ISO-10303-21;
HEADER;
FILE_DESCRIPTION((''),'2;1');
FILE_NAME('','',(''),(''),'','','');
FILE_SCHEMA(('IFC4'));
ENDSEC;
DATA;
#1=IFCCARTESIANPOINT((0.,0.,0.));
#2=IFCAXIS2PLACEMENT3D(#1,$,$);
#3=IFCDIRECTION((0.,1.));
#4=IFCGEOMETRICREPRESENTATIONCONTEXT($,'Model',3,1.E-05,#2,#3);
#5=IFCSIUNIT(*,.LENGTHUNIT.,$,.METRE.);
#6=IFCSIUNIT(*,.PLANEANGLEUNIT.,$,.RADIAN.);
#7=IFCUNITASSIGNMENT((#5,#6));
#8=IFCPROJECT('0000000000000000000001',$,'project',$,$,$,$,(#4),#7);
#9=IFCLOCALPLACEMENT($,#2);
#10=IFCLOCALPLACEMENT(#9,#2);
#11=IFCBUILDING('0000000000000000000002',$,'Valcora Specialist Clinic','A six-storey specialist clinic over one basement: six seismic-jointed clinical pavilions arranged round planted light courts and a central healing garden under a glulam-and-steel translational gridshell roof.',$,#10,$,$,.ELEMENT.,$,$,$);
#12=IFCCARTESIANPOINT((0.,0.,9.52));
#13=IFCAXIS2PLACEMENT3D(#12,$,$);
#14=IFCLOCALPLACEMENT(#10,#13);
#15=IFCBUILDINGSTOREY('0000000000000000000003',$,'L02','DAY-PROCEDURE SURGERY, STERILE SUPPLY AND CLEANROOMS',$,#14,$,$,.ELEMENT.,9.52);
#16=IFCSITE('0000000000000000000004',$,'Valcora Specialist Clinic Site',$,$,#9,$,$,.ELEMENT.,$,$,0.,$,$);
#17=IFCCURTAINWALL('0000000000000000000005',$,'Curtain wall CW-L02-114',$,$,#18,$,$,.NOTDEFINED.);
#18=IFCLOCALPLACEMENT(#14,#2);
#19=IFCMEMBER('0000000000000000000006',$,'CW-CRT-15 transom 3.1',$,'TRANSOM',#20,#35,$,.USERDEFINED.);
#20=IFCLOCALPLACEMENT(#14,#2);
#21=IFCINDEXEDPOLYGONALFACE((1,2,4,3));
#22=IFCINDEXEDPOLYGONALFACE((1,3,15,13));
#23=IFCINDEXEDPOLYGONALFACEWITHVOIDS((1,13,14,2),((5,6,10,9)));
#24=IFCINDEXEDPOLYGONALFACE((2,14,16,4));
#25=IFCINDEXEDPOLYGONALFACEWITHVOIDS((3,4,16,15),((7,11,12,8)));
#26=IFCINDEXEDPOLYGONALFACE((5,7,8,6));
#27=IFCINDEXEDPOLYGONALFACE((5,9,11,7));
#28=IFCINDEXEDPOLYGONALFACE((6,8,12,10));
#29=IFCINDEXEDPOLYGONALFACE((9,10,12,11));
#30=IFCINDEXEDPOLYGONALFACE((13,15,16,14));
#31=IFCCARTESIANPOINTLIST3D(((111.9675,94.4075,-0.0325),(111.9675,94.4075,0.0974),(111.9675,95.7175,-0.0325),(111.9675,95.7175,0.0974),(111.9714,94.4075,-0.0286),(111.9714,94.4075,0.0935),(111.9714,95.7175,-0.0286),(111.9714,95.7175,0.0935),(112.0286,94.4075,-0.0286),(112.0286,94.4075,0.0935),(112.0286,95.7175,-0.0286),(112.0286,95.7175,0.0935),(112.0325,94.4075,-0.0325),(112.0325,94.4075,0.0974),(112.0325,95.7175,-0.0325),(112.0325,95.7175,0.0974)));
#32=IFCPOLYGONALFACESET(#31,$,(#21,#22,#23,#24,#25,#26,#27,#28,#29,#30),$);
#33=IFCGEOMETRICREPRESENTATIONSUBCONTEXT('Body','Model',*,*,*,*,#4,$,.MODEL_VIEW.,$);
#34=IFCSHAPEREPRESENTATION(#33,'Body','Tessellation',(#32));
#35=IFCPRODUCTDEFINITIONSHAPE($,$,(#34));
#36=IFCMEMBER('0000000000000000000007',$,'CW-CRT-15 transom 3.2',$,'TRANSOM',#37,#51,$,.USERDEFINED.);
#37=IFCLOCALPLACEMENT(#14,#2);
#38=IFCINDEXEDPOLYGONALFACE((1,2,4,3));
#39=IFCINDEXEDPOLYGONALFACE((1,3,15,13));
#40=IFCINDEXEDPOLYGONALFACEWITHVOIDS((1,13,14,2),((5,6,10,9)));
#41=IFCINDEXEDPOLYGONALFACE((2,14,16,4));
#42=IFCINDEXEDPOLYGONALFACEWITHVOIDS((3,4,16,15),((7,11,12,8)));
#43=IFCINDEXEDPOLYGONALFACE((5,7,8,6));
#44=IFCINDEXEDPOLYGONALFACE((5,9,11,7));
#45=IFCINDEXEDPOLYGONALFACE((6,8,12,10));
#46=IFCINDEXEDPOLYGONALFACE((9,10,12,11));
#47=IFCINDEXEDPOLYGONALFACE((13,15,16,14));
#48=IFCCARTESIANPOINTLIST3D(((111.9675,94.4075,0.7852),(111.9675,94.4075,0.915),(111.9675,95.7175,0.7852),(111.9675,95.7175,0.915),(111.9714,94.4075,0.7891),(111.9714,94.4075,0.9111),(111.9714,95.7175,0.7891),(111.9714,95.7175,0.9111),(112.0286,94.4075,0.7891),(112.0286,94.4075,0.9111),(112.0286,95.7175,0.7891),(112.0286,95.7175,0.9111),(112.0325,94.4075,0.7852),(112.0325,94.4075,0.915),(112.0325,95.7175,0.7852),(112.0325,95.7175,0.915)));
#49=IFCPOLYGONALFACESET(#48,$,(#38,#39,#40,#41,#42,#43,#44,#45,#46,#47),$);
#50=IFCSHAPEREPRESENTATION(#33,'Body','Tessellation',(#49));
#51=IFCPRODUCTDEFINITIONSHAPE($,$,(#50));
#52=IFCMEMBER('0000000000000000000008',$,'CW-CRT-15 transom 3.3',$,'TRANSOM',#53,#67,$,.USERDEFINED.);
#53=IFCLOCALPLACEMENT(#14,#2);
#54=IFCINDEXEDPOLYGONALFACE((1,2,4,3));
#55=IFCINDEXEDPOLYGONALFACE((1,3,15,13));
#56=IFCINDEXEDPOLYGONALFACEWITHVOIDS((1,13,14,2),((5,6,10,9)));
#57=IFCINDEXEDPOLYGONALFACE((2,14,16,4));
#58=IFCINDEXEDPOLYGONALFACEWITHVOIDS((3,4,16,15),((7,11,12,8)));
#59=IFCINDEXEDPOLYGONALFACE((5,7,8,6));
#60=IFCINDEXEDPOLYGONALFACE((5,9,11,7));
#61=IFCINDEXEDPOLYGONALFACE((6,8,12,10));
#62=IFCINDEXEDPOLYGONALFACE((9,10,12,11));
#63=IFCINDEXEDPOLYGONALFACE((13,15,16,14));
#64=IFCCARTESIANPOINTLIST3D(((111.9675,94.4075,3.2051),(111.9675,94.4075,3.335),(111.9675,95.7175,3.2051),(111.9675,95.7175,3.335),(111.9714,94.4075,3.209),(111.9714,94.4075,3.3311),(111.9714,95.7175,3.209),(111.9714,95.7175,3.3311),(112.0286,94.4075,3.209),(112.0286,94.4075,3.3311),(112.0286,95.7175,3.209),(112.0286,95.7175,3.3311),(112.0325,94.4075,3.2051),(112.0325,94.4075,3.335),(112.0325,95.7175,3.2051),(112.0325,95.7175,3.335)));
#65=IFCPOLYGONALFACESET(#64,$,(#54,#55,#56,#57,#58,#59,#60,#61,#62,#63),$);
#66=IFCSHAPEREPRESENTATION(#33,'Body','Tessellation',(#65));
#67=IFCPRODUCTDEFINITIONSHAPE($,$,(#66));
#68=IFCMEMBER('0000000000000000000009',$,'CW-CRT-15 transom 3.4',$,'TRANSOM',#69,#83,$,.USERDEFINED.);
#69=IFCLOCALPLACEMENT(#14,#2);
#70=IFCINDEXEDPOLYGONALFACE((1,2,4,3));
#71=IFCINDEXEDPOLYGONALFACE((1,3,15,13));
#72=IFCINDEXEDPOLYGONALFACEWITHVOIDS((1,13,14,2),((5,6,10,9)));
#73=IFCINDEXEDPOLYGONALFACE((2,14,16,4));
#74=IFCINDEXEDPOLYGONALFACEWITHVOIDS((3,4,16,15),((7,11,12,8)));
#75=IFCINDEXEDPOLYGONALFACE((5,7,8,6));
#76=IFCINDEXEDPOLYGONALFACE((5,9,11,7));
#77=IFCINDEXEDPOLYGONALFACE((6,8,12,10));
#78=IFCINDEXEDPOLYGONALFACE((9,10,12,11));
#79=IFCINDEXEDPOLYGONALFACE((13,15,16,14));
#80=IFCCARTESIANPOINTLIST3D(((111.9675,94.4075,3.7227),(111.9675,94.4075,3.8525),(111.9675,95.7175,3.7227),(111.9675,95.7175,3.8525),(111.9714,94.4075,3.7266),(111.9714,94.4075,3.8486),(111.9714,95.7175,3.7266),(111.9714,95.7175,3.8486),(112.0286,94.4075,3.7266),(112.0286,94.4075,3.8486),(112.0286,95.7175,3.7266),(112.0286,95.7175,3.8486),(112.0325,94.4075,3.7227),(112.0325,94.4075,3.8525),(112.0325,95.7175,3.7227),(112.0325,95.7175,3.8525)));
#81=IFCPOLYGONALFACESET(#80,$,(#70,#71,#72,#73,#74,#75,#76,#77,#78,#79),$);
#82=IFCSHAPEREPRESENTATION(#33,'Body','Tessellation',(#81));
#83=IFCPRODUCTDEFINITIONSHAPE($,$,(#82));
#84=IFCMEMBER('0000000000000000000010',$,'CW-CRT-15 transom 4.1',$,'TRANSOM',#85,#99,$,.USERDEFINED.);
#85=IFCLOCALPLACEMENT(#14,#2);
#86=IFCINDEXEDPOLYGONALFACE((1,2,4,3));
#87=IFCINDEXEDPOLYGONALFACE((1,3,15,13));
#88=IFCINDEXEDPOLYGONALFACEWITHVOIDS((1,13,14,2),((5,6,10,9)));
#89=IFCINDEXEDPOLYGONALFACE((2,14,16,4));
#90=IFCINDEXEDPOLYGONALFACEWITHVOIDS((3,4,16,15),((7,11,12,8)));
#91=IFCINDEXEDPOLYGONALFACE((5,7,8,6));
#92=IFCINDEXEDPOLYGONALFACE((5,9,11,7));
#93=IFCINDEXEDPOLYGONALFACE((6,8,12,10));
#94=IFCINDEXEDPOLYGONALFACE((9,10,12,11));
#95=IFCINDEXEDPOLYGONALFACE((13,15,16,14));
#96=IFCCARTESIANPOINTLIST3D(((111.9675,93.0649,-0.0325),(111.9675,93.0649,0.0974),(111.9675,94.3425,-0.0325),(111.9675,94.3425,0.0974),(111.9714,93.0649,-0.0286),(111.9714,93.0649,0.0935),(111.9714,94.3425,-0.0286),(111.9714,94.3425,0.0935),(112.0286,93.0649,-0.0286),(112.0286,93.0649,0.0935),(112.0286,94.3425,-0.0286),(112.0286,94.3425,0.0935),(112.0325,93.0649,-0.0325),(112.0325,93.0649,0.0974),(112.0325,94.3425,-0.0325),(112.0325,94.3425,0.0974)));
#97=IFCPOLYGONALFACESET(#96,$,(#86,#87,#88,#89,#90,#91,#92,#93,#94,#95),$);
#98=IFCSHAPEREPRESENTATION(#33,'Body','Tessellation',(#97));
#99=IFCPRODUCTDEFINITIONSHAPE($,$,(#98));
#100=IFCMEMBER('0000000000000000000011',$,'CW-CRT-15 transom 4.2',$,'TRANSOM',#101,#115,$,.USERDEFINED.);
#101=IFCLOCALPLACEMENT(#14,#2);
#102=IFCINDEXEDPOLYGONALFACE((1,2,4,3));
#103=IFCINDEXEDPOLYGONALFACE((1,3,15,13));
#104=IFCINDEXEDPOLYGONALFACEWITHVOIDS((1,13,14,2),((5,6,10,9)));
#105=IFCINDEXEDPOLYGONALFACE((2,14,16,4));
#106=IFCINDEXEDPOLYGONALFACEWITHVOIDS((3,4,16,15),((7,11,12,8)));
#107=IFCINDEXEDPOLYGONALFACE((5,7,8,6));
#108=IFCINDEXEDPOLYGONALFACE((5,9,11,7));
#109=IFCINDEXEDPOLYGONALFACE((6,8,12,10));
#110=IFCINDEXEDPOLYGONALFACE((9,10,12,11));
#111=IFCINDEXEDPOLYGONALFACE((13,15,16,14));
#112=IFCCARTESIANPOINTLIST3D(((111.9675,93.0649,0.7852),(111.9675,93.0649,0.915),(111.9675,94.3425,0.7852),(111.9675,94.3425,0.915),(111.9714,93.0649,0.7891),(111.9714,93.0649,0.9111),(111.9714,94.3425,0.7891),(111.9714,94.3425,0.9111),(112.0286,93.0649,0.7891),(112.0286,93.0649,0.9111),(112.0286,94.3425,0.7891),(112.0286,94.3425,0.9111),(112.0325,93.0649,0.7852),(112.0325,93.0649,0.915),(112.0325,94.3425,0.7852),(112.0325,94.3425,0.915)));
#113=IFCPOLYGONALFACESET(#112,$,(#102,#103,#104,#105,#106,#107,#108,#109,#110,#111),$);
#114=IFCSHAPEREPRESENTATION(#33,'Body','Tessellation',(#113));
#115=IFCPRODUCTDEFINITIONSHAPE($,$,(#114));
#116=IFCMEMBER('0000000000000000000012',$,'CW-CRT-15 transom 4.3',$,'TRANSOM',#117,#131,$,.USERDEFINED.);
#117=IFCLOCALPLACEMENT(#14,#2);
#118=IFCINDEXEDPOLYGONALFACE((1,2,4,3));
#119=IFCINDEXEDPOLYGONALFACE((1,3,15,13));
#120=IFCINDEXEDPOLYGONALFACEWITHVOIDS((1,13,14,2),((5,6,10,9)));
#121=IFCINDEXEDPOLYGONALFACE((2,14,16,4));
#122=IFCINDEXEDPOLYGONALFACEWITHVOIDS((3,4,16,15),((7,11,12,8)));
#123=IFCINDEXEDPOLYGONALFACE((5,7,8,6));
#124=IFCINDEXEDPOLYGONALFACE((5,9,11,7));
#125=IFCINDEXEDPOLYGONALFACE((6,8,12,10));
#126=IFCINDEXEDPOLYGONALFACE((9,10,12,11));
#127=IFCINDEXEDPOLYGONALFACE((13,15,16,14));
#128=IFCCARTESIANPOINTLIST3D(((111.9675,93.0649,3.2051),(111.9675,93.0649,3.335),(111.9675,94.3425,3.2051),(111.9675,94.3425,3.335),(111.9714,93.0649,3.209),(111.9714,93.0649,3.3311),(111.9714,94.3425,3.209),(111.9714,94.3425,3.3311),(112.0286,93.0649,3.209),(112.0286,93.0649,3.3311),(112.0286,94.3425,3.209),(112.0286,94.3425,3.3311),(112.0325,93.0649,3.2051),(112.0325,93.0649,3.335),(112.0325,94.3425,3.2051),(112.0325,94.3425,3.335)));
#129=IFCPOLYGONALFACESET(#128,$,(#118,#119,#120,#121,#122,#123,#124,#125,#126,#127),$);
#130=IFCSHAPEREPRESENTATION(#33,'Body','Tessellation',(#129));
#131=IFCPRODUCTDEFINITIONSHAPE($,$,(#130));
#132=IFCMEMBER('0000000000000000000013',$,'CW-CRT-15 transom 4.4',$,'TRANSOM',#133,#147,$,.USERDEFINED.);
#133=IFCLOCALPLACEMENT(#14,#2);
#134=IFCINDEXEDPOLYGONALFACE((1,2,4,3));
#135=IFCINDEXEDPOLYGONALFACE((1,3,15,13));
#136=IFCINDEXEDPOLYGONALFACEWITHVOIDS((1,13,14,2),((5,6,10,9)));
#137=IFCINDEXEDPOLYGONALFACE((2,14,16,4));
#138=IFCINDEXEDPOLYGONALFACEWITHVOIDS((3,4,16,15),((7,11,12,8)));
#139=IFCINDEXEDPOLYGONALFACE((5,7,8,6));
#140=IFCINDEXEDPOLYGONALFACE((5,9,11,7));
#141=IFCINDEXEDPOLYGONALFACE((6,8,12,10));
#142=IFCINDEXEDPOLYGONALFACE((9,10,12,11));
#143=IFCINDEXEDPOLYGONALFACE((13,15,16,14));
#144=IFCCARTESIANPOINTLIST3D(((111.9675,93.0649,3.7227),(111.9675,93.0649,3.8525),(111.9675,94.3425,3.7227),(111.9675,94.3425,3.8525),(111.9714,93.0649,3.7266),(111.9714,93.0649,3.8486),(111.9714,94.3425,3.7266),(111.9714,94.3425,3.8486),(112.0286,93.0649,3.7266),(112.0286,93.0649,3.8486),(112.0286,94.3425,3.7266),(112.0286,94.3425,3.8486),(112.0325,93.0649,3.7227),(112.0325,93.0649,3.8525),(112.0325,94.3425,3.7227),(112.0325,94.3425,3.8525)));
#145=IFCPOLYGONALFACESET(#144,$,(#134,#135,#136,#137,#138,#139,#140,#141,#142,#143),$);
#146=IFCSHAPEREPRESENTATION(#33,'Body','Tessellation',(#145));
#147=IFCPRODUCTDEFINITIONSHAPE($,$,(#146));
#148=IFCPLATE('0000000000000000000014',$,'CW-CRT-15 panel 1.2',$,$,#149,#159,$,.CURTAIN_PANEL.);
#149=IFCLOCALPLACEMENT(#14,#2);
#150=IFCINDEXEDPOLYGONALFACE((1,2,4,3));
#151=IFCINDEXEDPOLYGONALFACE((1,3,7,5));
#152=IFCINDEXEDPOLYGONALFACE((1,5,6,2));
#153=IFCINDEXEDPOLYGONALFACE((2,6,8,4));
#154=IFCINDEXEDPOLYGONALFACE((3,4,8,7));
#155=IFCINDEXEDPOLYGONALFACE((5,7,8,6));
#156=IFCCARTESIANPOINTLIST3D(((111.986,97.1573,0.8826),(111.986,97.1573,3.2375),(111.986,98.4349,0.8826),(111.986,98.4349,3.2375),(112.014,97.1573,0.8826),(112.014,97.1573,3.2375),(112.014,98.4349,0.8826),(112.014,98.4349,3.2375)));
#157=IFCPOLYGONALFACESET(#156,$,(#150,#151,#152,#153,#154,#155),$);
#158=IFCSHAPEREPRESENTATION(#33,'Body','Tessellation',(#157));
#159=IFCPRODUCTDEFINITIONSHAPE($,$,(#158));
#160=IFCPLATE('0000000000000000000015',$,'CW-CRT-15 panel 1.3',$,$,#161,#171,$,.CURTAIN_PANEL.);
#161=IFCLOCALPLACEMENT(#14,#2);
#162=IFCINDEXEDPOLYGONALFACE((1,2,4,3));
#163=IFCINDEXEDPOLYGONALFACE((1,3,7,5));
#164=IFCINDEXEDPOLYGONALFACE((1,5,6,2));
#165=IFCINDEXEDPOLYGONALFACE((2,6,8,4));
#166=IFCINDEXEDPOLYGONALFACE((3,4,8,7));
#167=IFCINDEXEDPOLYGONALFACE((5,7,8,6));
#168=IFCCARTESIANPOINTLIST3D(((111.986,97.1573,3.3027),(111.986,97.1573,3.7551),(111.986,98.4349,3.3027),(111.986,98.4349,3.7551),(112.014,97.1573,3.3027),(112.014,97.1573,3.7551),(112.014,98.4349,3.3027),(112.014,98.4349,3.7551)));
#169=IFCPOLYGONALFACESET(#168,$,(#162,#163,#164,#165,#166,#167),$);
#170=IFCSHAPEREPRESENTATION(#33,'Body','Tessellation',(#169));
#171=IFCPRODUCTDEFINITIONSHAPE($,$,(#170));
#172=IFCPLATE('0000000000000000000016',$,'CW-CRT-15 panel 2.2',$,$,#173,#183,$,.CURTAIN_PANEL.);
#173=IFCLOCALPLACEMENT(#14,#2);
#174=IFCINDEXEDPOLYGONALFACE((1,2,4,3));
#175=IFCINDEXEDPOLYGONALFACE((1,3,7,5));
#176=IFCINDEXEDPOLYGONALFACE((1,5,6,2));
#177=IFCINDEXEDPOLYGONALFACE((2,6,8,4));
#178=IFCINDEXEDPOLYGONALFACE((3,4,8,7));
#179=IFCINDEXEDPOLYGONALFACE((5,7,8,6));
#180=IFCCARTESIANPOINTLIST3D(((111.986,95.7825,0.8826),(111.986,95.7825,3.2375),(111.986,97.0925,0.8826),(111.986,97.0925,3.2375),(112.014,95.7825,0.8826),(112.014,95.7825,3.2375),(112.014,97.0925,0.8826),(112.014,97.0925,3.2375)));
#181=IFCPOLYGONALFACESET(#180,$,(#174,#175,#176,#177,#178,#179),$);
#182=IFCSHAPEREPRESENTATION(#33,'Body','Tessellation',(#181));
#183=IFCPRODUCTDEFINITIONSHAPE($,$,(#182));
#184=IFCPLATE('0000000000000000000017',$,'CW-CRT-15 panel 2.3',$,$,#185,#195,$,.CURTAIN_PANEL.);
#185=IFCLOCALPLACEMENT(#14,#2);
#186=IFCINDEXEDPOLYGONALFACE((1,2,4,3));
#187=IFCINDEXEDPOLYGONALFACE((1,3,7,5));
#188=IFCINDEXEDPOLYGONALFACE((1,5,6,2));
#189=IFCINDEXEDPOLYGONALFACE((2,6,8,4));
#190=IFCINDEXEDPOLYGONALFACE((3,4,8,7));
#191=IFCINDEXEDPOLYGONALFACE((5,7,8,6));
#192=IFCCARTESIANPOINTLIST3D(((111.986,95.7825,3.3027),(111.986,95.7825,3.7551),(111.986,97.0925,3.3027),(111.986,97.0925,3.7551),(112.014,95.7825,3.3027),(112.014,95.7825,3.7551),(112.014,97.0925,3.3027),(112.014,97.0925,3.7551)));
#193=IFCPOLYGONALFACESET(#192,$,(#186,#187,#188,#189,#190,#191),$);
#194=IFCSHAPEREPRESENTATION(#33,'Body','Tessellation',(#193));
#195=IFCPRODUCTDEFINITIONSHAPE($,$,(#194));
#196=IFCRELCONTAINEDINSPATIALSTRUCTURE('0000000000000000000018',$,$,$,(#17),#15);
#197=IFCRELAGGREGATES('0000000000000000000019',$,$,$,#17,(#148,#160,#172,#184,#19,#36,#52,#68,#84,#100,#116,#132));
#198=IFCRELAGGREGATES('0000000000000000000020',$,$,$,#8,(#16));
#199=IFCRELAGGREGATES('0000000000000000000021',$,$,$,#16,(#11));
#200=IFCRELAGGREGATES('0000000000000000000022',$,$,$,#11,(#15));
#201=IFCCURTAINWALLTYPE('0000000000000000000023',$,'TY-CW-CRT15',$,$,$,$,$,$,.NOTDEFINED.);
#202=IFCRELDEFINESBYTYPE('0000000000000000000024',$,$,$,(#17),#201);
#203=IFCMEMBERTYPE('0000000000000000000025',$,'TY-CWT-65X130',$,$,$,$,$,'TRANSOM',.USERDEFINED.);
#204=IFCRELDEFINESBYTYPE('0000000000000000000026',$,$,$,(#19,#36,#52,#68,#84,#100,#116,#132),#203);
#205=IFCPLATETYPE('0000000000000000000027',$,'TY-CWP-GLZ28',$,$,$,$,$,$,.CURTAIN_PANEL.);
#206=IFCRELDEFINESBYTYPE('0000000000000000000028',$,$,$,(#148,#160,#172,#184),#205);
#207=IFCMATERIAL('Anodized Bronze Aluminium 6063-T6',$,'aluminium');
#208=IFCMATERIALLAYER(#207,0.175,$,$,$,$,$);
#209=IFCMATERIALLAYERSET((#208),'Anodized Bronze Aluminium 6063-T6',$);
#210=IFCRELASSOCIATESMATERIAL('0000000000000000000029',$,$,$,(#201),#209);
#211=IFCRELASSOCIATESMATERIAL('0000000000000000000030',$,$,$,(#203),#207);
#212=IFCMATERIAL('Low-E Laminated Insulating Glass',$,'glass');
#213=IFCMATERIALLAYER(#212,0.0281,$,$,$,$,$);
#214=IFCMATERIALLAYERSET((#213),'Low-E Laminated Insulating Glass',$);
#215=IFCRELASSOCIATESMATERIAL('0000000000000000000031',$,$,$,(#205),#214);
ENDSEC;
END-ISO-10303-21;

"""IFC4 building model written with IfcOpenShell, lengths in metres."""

from ifc_helpers import new_model, si_unit, direction, frame, origin, origin_2d, place, context, subcontext, project, spatial, rectangle, hollow_rectangle, extrude, material, layer, layer_set, material_profile, profile_set, type_object, element, aggregate, save


model = new_model("IFC4")

# Units and contexts
model_context = context("Model", 3, precision=1e-05, world=origin(), true_north=direction((0.0, 1.0)))
body_context = subcontext(model_context, "Body", "Model", "MODEL_VIEW")
ifc_project = project(units=[si_unit("LENGTHUNIT", "METRE"), si_unit("PLANEANGLEUNIT", "RADIAN")], contexts=[model_context])

# Site, building, storey
site_placement = place(None, origin())
site = spatial("IfcSite", under=ifc_project, at=site_placement, Name="Valcora Specialist Clinic Site", CompositionType="ELEMENT", RefElevation=0.0)
building_placement = place(site_placement, origin())
building = spatial("IfcBuilding", under=site, at=building_placement, Name="Valcora Specialist Clinic", Description="A six-storey specialist clinic over one basement: six seismic-jointed clinical pavilions arranged round planted light courts and a central healing garden under a glulam-and-steel translational gridshell roof.", CompositionType="ELEMENT")
storey_placement = place(building_placement, frame((0.0, 0.0, 9.52)))
storey = spatial("IfcBuildingStorey", under=building, at=storey_placement, Name="L02", Description="DAY-PROCEDURE SURGERY, STERILE SUPPLY AND CLEANROOMS", CompositionType="ELEMENT", Elevation=9.52)

# Curtain wall
ifc_material_1 = material(Name="Anodized Bronze Aluminium 6063-T6", Category="aluminium")
ifc_layer_1 = layer(ifc_material_1, 0.175)
ifc_layer_set_1 = layer_set([ifc_layer_1], Name="Anodized Bronze Aluminium 6063-T6")
curtain_wall_type = type_object("IfcCurtainWallType", Name="TY-CW-CRT15", PredefinedType="NOTDEFINED", material=ifc_layer_set_1)
curtain_wall_1_placement = place(storey_placement, origin())
curtain_wall_1 = element("IfcCurtainWall", 1, at=curtain_wall_1_placement, inside=storey, type_object=curtain_wall_type, Name="Curtain wall CW-L02-114", PredefinedType="NOTDEFINED")

# Members
ifc_material_profile_1 = material_profile(ifc_material_1, hollow_rectangle(XDim=0.0649, YDim=0.1299, WallThickness=0.0039, at=origin_2d()), Name="AL-TRN-65X130")
ifc_profile_set_1 = profile_set([ifc_material_profile_1], Name="Anodized Bronze Aluminium 6063-T6")
member_type_1 = type_object("IfcMemberType", Name="TY-CWT-65X130", ElementType="TRANSOM", PredefinedType="USERDEFINED", material=ifc_profile_set_1)
member_1_placement = place(storey_placement, frame((112.0, 95.7175, 0.0325), z_axis=(0.0, -1.0, 0.0), x_axis=(1.0, 0.0, 0.0)))
member_1 = element("IfcMember", 2, at=member_1_placement, type_object=member_type_1, Name="CW-CRT-15 transom 3.1", ObjectType="TRANSOM", PredefinedType="USERDEFINED", context=body_context, shape_type="SweptSolid", body=[
    extrude(hollow_rectangle(XDim=0.0649, YDim=0.1299, WallThickness=0.0039, at=origin_2d()), origin(), (0.0, 0.0, 1.0), 1.3101),
])
member_2_placement = place(storey_placement, frame((112.0, 95.7175, 0.8501), z_axis=(0.0, -1.0, 0.0), x_axis=(1.0, 0.0, 0.0)))
member_2 = element("IfcMember", 3, at=member_2_placement, type_object=member_type_1, Name="CW-CRT-15 transom 3.2", ObjectType="TRANSOM", PredefinedType="USERDEFINED", context=body_context, shape_type="SweptSolid", body=[
    extrude(hollow_rectangle(XDim=0.0649, YDim=0.1299, WallThickness=0.0039, at=origin_2d()), origin(), (0.0, 0.0, 1.0), 1.3101),
])
member_3_placement = place(storey_placement, frame((112.0, 95.7175, 3.27), z_axis=(0.0, -1.0, 0.0), x_axis=(1.0, 0.0, 0.0)))
member_3 = element("IfcMember", 4, at=member_3_placement, type_object=member_type_1, Name="CW-CRT-15 transom 3.3", ObjectType="TRANSOM", PredefinedType="USERDEFINED", context=body_context, shape_type="SweptSolid", body=[
    extrude(hollow_rectangle(XDim=0.0649, YDim=0.1299, WallThickness=0.0039, at=origin_2d()), origin(), (0.0, 0.0, 1.0), 1.3101),
])
member_4_placement = place(storey_placement, frame((112.0, 95.7175, 3.7876), z_axis=(0.0, -1.0, 0.0), x_axis=(1.0, 0.0, 0.0)))
member_4 = element("IfcMember", 5, at=member_4_placement, type_object=member_type_1, Name="CW-CRT-15 transom 3.4", ObjectType="TRANSOM", PredefinedType="USERDEFINED", context=body_context, shape_type="SweptSolid", body=[
    extrude(hollow_rectangle(XDim=0.0649, YDim=0.1299, WallThickness=0.0039, at=origin_2d()), origin(), (0.0, 0.0, 1.0), 1.3101),
])
member_5_placement = place(storey_placement, frame((112.0, 94.3425, 0.0325), z_axis=(0.0, -1.0, 0.0), x_axis=(1.0, 0.0, 0.0)))
member_5 = element("IfcMember", 6, at=member_5_placement, type_object=member_type_1, Name="CW-CRT-15 transom 4.1", ObjectType="TRANSOM", PredefinedType="USERDEFINED", context=body_context, shape_type="SweptSolid", body=[
    extrude(hollow_rectangle(XDim=0.0649, YDim=0.1299, WallThickness=0.0039, at=origin_2d()), origin(), (0.0, 0.0, 1.0), 1.2776),
])
member_6_placement = place(storey_placement, frame((112.0, 94.3425, 0.8501), z_axis=(0.0, -1.0, 0.0), x_axis=(1.0, 0.0, 0.0)))
member_6 = element("IfcMember", 7, at=member_6_placement, type_object=member_type_1, Name="CW-CRT-15 transom 4.2", ObjectType="TRANSOM", PredefinedType="USERDEFINED", context=body_context, shape_type="SweptSolid", body=[
    extrude(hollow_rectangle(XDim=0.0649, YDim=0.1299, WallThickness=0.0039, at=origin_2d()), origin(), (0.0, 0.0, 1.0), 1.2776),
])
member_7_placement = place(storey_placement, frame((112.0, 94.3425, 3.27), z_axis=(0.0, -1.0, 0.0), x_axis=(1.0, 0.0, 0.0)))
member_7 = element("IfcMember", 8, at=member_7_placement, type_object=member_type_1, Name="CW-CRT-15 transom 4.3", ObjectType="TRANSOM", PredefinedType="USERDEFINED", context=body_context, shape_type="SweptSolid", body=[
    extrude(hollow_rectangle(XDim=0.0649, YDim=0.1299, WallThickness=0.0039, at=origin_2d()), origin(), (0.0, 0.0, 1.0), 1.2776),
])
member_8_placement = place(storey_placement, frame((112.0, 94.3425, 3.7876), z_axis=(0.0, -1.0, 0.0), x_axis=(1.0, 0.0, 0.0)))
member_8 = element("IfcMember", 9, at=member_8_placement, type_object=member_type_1, Name="CW-CRT-15 transom 4.4", ObjectType="TRANSOM", PredefinedType="USERDEFINED", context=body_context, shape_type="SweptSolid", body=[
    extrude(hollow_rectangle(XDim=0.0649, YDim=0.1299, WallThickness=0.0039, at=origin_2d()), origin(), (0.0, 0.0, 1.0), 1.2776),
])

# Plates
ifc_material_2 = material(Name="Low-E Laminated Insulating Glass", Category="glass")
ifc_layer_2 = layer(ifc_material_2, 0.0281)
ifc_layer_set_2 = layer_set([ifc_layer_2], Name="Low-E Laminated Insulating Glass")
plate_type_1 = type_object("IfcPlateType", Name="TY-CWP-GLZ28", PredefinedType="CURTAIN_PANEL", material=ifc_layer_set_2)
plate_1_placement = place(storey_placement, frame((112.0, 97.7961, 0.8826), z_axis=(0.0, 0.0, 1.0), x_axis=(0.0, -1.0, 0.0)))
plate_1 = element("IfcPlate", 10, at=plate_1_placement, type_object=plate_type_1, Name="CW-CRT-15 panel 1.2", PredefinedType="CURTAIN_PANEL", context=body_context, shape_type="SweptSolid", body=[
    extrude(rectangle(XDim=1.2776, YDim=0.0281, at=origin_2d()), origin(), (0.0, 0.0, 1.0), 2.355),
])
plate_2_placement = place(storey_placement, frame((112.0, 97.7961, 3.3027), z_axis=(0.0, 0.0, 1.0), x_axis=(0.0, -1.0, 0.0)))
plate_2 = element("IfcPlate", 11, at=plate_2_placement, type_object=plate_type_1, Name="CW-CRT-15 panel 1.3", PredefinedType="CURTAIN_PANEL", context=body_context, shape_type="SweptSolid", body=[
    extrude(rectangle(XDim=1.2776, YDim=0.0281, at=origin_2d()), origin(), (0.0, 0.0, 1.0), 0.4524),
])
plate_3_placement = place(storey_placement, frame((112.0, 96.4375, 0.8826), z_axis=(0.0, 0.0, 1.0), x_axis=(0.0, -1.0, 0.0)))
plate_3 = element("IfcPlate", 12, at=plate_3_placement, type_object=plate_type_1, Name="CW-CRT-15 panel 2.2", PredefinedType="CURTAIN_PANEL", context=body_context, shape_type="SweptSolid", body=[
    extrude(rectangle(XDim=1.3101, YDim=0.0281, at=origin_2d()), origin(), (0.0, 0.0, 1.0), 2.355),
])
plate_4_placement = place(storey_placement, frame((112.0, 96.4375, 3.3027), z_axis=(0.0, 0.0, 1.0), x_axis=(0.0, -1.0, 0.0)))
plate_4 = element("IfcPlate", 13, at=plate_4_placement, type_object=plate_type_1, Name="CW-CRT-15 panel 2.3", PredefinedType="CURTAIN_PANEL", context=body_context, shape_type="SweptSolid", body=[
    extrude(rectangle(XDim=1.3101, YDim=0.0281, at=origin_2d()), origin(), (0.0, 0.0, 1.0), 0.4524),
])
aggregate(curtain_wall_1, [plate_1, plate_2, plate_3, plate_4, member_1, member_2, member_3, member_4, member_5, member_6, member_7, member_8])

save(model, "model.ifc")
